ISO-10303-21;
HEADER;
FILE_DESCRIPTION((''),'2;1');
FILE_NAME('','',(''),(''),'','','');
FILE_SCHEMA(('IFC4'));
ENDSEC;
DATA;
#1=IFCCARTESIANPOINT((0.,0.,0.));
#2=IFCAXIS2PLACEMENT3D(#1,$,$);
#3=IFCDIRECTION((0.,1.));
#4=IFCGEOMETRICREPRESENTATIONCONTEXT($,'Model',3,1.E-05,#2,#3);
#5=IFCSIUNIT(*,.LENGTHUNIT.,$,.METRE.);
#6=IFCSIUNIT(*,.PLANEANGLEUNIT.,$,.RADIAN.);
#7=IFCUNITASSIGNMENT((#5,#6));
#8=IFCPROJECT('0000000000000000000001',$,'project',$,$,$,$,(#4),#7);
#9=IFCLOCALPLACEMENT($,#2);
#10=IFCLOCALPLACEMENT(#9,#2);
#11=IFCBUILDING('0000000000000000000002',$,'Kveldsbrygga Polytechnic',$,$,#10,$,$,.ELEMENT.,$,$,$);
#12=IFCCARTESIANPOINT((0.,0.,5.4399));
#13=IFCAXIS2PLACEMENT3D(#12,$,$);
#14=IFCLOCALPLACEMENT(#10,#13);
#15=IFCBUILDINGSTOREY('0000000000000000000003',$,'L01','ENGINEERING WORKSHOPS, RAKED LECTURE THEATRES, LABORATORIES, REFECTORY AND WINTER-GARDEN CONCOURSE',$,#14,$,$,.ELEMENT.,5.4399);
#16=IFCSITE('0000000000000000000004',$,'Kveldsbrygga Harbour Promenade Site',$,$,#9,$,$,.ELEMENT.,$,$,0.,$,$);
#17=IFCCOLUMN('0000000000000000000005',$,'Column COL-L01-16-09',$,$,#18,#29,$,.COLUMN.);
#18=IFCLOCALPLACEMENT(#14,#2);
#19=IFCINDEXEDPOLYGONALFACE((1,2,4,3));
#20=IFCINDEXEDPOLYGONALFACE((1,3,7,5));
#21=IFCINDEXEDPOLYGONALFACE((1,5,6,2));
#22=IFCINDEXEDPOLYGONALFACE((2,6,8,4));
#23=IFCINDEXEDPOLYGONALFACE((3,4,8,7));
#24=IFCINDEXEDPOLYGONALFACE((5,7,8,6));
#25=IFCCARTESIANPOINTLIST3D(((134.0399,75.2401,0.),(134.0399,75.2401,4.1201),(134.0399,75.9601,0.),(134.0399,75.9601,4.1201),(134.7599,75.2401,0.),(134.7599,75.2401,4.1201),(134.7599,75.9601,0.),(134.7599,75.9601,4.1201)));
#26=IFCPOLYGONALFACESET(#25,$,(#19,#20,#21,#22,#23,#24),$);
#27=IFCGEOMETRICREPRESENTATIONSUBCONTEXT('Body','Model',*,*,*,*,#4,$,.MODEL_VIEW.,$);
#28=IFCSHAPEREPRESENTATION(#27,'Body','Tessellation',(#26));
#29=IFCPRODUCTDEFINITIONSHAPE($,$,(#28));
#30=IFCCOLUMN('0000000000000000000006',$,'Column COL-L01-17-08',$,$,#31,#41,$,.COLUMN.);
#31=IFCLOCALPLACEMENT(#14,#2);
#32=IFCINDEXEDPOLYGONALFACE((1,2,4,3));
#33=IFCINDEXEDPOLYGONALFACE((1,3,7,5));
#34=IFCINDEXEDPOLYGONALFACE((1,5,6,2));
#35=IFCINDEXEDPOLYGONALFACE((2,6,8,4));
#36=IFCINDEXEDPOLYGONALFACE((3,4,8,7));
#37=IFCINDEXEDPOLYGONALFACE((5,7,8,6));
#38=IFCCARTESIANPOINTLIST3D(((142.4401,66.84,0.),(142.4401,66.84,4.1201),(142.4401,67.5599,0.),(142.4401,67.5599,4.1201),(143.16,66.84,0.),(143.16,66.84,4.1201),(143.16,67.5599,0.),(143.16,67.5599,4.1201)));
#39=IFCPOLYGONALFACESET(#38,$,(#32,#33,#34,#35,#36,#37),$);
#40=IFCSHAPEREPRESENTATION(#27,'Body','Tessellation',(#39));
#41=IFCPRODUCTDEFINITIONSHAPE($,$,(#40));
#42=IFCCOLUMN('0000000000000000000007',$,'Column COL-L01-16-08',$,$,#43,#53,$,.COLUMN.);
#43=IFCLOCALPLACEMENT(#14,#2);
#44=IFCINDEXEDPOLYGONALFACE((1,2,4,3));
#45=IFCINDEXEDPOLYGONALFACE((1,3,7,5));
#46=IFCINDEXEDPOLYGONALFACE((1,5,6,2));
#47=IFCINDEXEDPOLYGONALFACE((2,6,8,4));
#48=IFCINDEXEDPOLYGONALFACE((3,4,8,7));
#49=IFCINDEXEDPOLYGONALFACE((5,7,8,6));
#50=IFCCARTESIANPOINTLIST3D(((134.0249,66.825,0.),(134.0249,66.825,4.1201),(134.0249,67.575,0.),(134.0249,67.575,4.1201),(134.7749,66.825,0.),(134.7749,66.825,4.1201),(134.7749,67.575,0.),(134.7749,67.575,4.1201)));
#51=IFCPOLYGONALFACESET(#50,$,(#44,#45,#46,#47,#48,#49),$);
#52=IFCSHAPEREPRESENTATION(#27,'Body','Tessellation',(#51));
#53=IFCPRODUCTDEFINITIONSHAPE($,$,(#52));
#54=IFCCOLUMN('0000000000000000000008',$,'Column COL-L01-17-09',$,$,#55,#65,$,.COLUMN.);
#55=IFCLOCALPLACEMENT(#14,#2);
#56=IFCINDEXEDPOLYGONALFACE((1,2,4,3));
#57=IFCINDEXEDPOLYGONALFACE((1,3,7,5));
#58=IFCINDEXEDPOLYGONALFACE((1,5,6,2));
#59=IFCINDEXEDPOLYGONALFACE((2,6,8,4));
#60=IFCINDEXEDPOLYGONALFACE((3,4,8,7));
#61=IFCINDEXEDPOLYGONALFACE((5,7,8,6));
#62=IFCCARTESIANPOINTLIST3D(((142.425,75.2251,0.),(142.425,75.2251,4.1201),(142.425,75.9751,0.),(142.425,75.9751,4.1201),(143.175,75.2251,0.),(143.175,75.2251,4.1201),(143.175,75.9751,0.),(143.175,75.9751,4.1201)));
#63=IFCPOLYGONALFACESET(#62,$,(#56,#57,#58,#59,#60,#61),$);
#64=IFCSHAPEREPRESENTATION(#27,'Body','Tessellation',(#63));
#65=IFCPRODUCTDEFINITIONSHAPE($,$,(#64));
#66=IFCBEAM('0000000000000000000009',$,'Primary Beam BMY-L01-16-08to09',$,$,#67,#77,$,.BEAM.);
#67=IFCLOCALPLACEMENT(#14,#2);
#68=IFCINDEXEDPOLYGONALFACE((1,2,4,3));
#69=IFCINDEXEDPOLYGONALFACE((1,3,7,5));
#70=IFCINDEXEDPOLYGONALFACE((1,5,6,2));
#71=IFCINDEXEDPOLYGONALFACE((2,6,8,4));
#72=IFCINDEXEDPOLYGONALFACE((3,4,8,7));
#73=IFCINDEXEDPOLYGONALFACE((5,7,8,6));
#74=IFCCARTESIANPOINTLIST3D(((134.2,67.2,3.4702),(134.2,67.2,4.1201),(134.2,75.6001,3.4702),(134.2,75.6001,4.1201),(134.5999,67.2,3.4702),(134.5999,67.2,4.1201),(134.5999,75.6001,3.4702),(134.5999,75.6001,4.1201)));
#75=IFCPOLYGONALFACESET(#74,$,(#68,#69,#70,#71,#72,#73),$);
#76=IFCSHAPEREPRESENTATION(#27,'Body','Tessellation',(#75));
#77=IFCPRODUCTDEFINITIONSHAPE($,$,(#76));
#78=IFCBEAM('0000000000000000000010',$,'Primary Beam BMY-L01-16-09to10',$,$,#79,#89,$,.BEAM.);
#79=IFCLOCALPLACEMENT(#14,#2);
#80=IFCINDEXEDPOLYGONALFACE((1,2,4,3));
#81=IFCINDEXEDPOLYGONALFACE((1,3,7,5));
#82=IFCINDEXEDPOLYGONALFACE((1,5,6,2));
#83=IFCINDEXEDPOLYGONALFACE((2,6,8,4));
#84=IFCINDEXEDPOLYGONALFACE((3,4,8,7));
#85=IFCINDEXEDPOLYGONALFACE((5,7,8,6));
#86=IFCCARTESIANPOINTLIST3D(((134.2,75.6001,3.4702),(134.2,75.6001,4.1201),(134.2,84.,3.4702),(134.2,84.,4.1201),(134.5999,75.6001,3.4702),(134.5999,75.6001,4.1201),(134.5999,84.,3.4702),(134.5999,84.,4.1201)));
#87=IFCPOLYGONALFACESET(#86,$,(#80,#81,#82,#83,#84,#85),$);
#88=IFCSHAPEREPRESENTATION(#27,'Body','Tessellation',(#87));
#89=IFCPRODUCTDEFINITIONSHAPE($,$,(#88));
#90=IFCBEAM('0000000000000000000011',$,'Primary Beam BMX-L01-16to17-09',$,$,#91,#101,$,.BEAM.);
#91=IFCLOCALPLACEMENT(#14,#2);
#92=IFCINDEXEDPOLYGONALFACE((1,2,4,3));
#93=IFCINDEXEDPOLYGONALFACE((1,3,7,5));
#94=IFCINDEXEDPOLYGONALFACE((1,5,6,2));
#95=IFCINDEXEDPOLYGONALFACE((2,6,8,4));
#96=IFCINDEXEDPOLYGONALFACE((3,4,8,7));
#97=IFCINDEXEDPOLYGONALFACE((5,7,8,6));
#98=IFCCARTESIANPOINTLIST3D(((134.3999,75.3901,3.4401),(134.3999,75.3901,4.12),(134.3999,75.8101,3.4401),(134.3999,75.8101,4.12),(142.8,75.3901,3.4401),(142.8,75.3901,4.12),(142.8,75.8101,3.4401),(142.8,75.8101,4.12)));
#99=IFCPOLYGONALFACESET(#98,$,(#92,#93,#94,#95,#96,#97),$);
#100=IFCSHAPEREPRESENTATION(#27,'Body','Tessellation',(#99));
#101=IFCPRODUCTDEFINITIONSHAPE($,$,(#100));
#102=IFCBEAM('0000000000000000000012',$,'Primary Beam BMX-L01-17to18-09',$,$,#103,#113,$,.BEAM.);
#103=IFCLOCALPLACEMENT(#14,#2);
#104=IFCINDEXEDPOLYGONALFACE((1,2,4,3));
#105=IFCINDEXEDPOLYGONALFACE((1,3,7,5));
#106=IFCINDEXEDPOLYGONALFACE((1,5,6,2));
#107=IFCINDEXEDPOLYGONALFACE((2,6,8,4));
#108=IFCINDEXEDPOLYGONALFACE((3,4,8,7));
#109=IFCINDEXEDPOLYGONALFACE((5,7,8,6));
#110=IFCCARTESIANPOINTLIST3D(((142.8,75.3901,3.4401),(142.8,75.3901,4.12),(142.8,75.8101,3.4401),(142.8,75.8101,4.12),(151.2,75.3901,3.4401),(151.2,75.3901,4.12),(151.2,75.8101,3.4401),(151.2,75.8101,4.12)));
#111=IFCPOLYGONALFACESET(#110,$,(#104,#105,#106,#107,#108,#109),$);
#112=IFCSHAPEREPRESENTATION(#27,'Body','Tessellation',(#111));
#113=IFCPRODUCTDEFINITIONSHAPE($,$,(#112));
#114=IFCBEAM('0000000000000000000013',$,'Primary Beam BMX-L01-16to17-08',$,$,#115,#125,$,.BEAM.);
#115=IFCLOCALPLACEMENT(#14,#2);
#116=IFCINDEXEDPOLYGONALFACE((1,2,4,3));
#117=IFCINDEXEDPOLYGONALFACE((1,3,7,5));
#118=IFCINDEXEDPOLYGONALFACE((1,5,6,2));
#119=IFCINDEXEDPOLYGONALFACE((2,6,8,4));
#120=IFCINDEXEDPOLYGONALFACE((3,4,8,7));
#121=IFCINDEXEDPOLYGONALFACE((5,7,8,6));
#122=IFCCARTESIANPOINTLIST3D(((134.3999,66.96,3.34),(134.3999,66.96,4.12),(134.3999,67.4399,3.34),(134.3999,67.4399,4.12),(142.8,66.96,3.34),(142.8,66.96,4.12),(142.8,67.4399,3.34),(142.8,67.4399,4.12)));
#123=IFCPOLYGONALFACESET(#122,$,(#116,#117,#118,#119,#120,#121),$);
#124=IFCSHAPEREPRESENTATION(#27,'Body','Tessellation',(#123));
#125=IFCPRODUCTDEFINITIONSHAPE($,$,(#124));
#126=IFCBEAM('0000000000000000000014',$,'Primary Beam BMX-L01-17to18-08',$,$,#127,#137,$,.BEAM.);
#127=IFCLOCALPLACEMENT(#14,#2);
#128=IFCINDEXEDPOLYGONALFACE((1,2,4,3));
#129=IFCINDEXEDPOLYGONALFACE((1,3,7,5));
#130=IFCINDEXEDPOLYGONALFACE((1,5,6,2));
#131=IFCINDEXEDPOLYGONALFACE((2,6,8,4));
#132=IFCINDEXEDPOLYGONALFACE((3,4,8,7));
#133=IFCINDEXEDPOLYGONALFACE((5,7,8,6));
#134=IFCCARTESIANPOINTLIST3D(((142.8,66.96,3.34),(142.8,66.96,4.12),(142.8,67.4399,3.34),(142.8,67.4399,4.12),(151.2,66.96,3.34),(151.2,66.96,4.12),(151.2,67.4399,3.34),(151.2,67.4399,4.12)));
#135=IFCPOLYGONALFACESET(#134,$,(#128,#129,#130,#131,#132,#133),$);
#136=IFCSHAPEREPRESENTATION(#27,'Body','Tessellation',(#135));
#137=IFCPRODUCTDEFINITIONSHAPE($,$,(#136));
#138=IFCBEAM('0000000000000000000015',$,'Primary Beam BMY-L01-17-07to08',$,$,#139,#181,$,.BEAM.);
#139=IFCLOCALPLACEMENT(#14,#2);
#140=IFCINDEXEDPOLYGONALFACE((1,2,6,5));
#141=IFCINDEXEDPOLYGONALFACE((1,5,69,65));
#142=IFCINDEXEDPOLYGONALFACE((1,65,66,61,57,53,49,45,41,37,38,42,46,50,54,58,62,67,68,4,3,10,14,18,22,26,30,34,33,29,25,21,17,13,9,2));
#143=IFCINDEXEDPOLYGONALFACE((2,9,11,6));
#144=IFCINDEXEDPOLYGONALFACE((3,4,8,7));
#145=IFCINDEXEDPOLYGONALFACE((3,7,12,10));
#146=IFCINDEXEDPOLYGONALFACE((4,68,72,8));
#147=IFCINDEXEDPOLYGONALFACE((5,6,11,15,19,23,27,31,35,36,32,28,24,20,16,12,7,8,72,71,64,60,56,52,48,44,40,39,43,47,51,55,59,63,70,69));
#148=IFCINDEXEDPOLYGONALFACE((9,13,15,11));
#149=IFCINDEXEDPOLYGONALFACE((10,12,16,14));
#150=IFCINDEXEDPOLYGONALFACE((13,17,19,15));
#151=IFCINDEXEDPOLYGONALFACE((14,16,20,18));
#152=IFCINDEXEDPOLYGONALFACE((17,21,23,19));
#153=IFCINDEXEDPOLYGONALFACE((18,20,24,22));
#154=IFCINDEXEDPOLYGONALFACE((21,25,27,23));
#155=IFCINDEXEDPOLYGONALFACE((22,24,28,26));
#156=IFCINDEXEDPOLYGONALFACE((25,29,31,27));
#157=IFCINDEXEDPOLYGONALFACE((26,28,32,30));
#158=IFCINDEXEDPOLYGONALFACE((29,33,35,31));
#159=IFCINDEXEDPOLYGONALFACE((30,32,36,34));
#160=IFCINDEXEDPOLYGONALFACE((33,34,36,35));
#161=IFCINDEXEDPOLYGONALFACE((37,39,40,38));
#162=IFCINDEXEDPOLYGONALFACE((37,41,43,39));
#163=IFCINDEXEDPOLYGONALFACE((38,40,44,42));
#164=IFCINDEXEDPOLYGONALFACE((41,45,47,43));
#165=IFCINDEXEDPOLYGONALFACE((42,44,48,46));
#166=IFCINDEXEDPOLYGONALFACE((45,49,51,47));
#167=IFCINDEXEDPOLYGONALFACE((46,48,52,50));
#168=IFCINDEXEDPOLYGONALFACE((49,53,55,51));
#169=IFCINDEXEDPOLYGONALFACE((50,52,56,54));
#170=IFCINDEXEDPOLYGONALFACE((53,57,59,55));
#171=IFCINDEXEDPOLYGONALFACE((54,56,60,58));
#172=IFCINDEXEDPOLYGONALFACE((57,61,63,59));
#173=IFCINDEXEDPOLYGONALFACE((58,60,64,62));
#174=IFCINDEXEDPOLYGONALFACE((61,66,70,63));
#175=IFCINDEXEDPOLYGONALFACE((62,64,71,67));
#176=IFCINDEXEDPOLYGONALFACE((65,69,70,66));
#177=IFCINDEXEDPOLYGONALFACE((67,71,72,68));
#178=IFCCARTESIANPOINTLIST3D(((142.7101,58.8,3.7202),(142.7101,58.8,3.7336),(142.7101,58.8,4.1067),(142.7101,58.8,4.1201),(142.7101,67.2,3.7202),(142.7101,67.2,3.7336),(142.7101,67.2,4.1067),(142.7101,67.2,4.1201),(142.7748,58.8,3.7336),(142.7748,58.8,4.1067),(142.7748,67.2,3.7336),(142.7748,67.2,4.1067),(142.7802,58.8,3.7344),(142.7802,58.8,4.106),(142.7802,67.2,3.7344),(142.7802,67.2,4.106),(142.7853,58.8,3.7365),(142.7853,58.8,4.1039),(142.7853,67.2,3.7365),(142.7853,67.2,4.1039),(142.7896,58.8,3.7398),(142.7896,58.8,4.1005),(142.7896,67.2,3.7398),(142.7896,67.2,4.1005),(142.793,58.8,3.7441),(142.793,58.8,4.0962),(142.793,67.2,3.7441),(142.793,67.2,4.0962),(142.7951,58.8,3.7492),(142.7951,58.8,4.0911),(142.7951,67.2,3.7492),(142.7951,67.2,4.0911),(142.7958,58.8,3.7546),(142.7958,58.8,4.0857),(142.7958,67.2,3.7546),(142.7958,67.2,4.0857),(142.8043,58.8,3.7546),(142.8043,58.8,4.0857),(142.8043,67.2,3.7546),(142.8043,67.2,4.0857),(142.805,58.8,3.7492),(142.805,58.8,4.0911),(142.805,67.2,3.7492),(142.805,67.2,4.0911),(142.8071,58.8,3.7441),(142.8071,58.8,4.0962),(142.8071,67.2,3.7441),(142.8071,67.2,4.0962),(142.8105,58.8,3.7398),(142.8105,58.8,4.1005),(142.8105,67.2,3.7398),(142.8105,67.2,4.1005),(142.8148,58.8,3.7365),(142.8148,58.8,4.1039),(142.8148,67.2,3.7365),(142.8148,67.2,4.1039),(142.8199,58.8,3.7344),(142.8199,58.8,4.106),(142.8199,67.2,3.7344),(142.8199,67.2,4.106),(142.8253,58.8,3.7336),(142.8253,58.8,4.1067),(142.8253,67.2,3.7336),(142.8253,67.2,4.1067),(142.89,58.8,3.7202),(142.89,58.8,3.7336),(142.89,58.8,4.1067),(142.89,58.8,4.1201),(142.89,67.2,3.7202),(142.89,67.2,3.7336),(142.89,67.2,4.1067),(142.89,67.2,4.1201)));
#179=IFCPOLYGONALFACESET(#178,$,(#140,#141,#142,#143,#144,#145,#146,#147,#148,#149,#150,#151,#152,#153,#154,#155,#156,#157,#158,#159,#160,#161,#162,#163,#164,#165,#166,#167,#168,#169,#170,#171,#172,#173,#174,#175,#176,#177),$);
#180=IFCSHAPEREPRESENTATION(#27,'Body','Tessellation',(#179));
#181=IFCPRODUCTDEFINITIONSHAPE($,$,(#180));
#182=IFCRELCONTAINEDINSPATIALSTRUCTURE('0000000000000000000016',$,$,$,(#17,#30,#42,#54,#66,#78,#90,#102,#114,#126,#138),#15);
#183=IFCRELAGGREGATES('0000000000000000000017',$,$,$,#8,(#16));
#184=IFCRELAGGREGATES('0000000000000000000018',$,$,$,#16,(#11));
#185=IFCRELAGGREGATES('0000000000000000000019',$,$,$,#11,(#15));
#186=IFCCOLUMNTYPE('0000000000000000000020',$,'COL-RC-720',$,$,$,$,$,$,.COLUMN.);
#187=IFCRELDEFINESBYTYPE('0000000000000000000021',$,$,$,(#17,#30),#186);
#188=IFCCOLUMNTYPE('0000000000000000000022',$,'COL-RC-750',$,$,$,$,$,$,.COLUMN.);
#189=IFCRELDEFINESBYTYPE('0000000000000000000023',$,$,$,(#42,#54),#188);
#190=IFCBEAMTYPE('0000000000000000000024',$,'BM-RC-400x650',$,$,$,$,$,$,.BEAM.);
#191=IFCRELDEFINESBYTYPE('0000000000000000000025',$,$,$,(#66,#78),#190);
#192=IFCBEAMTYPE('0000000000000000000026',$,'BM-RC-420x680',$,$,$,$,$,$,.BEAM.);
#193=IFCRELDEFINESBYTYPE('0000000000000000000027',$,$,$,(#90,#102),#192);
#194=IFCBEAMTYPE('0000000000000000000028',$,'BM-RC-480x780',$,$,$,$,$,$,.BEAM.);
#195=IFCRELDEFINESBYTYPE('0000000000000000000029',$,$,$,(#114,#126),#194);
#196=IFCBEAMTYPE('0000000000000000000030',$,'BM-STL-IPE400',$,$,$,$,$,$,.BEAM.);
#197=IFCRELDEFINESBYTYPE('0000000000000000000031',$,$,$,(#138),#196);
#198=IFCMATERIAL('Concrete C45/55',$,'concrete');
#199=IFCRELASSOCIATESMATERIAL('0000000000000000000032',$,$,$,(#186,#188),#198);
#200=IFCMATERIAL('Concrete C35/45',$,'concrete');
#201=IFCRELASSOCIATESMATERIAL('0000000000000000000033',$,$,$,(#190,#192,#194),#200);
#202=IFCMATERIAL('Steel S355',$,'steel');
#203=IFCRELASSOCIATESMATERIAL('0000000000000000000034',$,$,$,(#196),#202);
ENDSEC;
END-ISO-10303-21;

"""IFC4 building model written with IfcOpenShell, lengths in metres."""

from ifc_helpers import new_model, si_unit, direction, frame, origin, origin_2d, place, context, subcontext, project, spatial, rectangle, i_section, extrude, material, material_profile, profile_set, type_object, element, save


model = new_model("IFC4")

# Units and contexts
model_context = context("Model", 3, precision=1e-05, world=origin(), true_north=direction((0.0, 1.0)))
body_context = subcontext(model_context, "Body", "Model", "MODEL_VIEW")
ifc_project = project(units=[si_unit("LENGTHUNIT", "METRE"), si_unit("PLANEANGLEUNIT", "RADIAN")], contexts=[model_context])

# Site, building, storey
site_placement = place(None, origin())
site = spatial("IfcSite", under=ifc_project, at=site_placement, Name="Kveldsbrygga Harbour Promenade Site", CompositionType="ELEMENT", RefElevation=0.0)
building_placement = place(site_placement, origin())
building = spatial("IfcBuilding", under=site, at=building_placement, Name="Kveldsbrygga Polytechnic", CompositionType="ELEMENT")
storey_placement = place(building_placement, frame((0.0, 0.0, 5.4399)))
storey = spatial("IfcBuildingStorey", under=building, at=storey_placement, Name="L01", Description="ENGINEERING WORKSHOPS, RAKED LECTURE THEATRES, LABORATORIES, REFECTORY AND WINTER-GARDEN CONCOURSE", CompositionType="ELEMENT", Elevation=5.4399)

# Columns
ifc_material_1 = material(Name="Concrete C45/55", Category="concrete")
ifc_material_profile_1 = material_profile(ifc_material_1, rectangle(XDim=0.72, YDim=0.72, at=origin_2d()), Name="RC 720x720")
ifc_profile_set_1 = profile_set([ifc_material_profile_1], Name="Concrete C45/55")
column_type_1 = type_object("IfcColumnType", Name="COL-RC-720", PredefinedType="COLUMN", material=ifc_profile_set_1)
for number, where, z_axis, x_axis, name in (
    (1, (134.3999, 75.6001, 0.0), (0.0, 0.0, 1.0), (1.0, 0.0, 0.0), "Column COL-L01-16-09"),
    (2, (142.8, 67.2, 0.0), (0.0, 0.0, 1.0), (1.0, 0.0, 0.0), "Column COL-L01-17-08"),
):
    element("IfcColumn", number, at=place(storey_placement, frame(where, z_axis=z_axis, x_axis=x_axis)), inside=storey, type_object=column_type_1, Name=name, PredefinedType="COLUMN", context=body_context, shape_type="SweptSolid", body=[
        extrude(rectangle(XDim=0.72, YDim=0.72, at=origin_2d()), origin(), (0.0, 0.0, 1.0), 4.1201),
    ])
ifc_material_profile_2 = material_profile(ifc_material_1, rectangle(XDim=0.75, YDim=0.75, at=origin_2d()), Name="RC 750x750")
ifc_profile_set_2 = profile_set([ifc_material_profile_2], Name="Concrete C45/55")
column_type_2 = type_object("IfcColumnType", Name="COL-RC-750", PredefinedType="COLUMN", material=ifc_profile_set_2)
for number, where, z_axis, x_axis, name in (
    (3, (134.3999, 67.2, 0.0), (0.0, 0.0, 1.0), (1.0, 0.0, 0.0), "Column COL-L01-16-08"),
    (4, (142.8, 75.6001, 0.0), (0.0, 0.0, 1.0), (1.0, 0.0, 0.0), "Column COL-L01-17-09"),
):
    element("IfcColumn", number, at=place(storey_placement, frame(where, z_axis=z_axis, x_axis=x_axis)), inside=storey, type_object=column_type_2, Name=name, PredefinedType="COLUMN", context=body_context, shape_type="SweptSolid", body=[
        extrude(rectangle(XDim=0.75, YDim=0.75, at=origin_2d()), origin(), (0.0, 0.0, 1.0), 4.1201),
    ])

# Beams
ifc_material_2 = material(Name="Concrete C35/45", Category="concrete")
ifc_material_profile_3 = material_profile(ifc_material_2, rectangle(XDim=0.3999, YDim=0.6499, at=origin_2d()), Name="RC 400x650")
ifc_profile_set_3 = profile_set([ifc_material_profile_3], Name="Concrete C35/45")
beam_type_1 = type_object("IfcBeamType", Name="BM-RC-400x650", PredefinedType="BEAM", material=ifc_profile_set_3)
beam_1_placement = place(storey_placement, frame((134.3999, 67.2, 3.7952), z_axis=(0.0, 1.0, 0.0), x_axis=(-1.0, 0.0, 0.0)))
element("IfcBeam", 5, at=beam_1_placement, inside=storey, type_object=beam_type_1, Name="Primary Beam BMY-L01-16-08to09", PredefinedType="BEAM", context=body_context, shape_type="SweptSolid", body=[
    extrude(rectangle(XDim=0.3999, YDim=0.6499, at=origin_2d()), origin(), (0.0, 0.0, 1.0), 8.4001),
])
beam_2_placement = place(storey_placement, frame((134.3999, 75.6001, 3.7952), z_axis=(0.0, 1.0, 0.0), x_axis=(-1.0, 0.0, 0.0)))
element("IfcBeam", 6, at=beam_2_placement, inside=storey, type_object=beam_type_1, Name="Primary Beam BMY-L01-16-09to10", PredefinedType="BEAM", context=body_context, shape_type="SweptSolid", body=[
    extrude(rectangle(XDim=0.3999, YDim=0.6499, at=origin_2d()), origin(), (0.0, 0.0, 1.0), 8.3999),
])
ifc_material_profile_4 = material_profile(ifc_material_2, rectangle(XDim=0.4199, YDim=0.6799, at=origin_2d()), Name="RC 420x680")
ifc_profile_set_4 = profile_set([ifc_material_profile_4], Name="Concrete C35/45")
beam_type_2 = type_object("IfcBeamType", Name="BM-RC-420x680", PredefinedType="BEAM", material=ifc_profile_set_4)
beam_3_placement = place(storey_placement, frame((134.3999, 75.6001, 3.78), z_axis=(1.0, 0.0, 0.0), x_axis=(0.0, 1.0, 0.0)))
element("IfcBeam", 7, at=beam_3_placement, inside=storey, type_object=beam_type_2, Name="Primary Beam BMX-L01-16to17-09", PredefinedType="BEAM", context=body_context, shape_type="SweptSolid", body=[
    extrude(rectangle(XDim=0.4199, YDim=0.6799, at=origin_2d()), origin(), (0.0, 0.0, 1.0), 8.4001),
])
beam_4_placement = place(storey_placement, frame((142.8, 75.6001, 3.78), z_axis=(1.0, 0.0, 0.0), x_axis=(0.0, 1.0, 0.0)))
element("IfcBeam", 8, at=beam_4_placement, inside=storey, type_object=beam_type_2, Name="Primary Beam BMX-L01-17to18-09", PredefinedType="BEAM", context=body_context, shape_type="SweptSolid", body=[
    extrude(rectangle(XDim=0.4199, YDim=0.6799, at=origin_2d()), origin(), (0.0, 0.0, 1.0), 8.3999),
])
ifc_material_profile_5 = material_profile(ifc_material_2, rectangle(XDim=0.48, YDim=0.78, at=origin_2d()), Name="RC 480x780")
ifc_profile_set_5 = profile_set([ifc_material_profile_5], Name="Concrete C35/45")
beam_type_3 = type_object("IfcBeamType", Name="BM-RC-480x780", PredefinedType="BEAM", material=ifc_profile_set_5)
beam_5_placement = place(storey_placement, frame((134.3999, 67.2, 3.73), z_axis=(1.0, 0.0, 0.0), x_axis=(0.0, 1.0, 0.0)))
element("IfcBeam", 9, at=beam_5_placement, inside=storey, type_object=beam_type_3, Name="Primary Beam BMX-L01-16to17-08", PredefinedType="BEAM", context=body_context, shape_type="SweptSolid", body=[
    extrude(rectangle(XDim=0.48, YDim=0.78, at=origin_2d()), origin(), (0.0, 0.0, 1.0), 8.4001),
])
beam_6_placement = place(storey_placement, frame((142.8, 67.2, 3.73), z_axis=(1.0, 0.0, 0.0), x_axis=(0.0, 1.0, 0.0)))
element("IfcBeam", 10, at=beam_6_placement, inside=storey, type_object=beam_type_3, Name="Primary Beam BMX-L01-17to18-08", PredefinedType="BEAM", context=body_context, shape_type="SweptSolid", body=[
    extrude(rectangle(XDim=0.48, YDim=0.78, at=origin_2d()), origin(), (0.0, 0.0, 1.0), 8.3999),
])
ifc_material_3 = material(Name="Steel S355", Category="steel")
ifc_material_profile_6 = material_profile(ifc_material_3, i_section(OverallWidth=0.1799, OverallDepth=0.3999, WebThickness=0.0085, FlangeThickness=0.0134, FilletRadius=0.021, at=origin_2d()), Name="IPE 400")
ifc_profile_set_6 = profile_set([ifc_material_profile_6], Name="Steel S355")
beam_type_4 = type_object("IfcBeamType", Name="BM-STL-IPE400", PredefinedType="BEAM", material=ifc_profile_set_6)
beam_7_placement = place(storey_placement, frame((142.8, 58.8, 3.9202), z_axis=(0.0, 1.0, 0.0), x_axis=(-1.0, 0.0, 0.0)))
element("IfcBeam", 11, at=beam_7_placement, inside=storey, type_object=beam_type_4, Name="Primary Beam BMY-L01-17-07to08", PredefinedType="BEAM", context=body_context, shape_type="SweptSolid", body=[
    extrude(i_section(OverallWidth=0.1799, OverallDepth=0.3999, WebThickness=0.0085, FlangeThickness=0.0134, FilletRadius=0.021, at=origin_2d()), origin(), (0.0, 0.0, 1.0), 8.3999),
])

save(model, "model.ifc")
